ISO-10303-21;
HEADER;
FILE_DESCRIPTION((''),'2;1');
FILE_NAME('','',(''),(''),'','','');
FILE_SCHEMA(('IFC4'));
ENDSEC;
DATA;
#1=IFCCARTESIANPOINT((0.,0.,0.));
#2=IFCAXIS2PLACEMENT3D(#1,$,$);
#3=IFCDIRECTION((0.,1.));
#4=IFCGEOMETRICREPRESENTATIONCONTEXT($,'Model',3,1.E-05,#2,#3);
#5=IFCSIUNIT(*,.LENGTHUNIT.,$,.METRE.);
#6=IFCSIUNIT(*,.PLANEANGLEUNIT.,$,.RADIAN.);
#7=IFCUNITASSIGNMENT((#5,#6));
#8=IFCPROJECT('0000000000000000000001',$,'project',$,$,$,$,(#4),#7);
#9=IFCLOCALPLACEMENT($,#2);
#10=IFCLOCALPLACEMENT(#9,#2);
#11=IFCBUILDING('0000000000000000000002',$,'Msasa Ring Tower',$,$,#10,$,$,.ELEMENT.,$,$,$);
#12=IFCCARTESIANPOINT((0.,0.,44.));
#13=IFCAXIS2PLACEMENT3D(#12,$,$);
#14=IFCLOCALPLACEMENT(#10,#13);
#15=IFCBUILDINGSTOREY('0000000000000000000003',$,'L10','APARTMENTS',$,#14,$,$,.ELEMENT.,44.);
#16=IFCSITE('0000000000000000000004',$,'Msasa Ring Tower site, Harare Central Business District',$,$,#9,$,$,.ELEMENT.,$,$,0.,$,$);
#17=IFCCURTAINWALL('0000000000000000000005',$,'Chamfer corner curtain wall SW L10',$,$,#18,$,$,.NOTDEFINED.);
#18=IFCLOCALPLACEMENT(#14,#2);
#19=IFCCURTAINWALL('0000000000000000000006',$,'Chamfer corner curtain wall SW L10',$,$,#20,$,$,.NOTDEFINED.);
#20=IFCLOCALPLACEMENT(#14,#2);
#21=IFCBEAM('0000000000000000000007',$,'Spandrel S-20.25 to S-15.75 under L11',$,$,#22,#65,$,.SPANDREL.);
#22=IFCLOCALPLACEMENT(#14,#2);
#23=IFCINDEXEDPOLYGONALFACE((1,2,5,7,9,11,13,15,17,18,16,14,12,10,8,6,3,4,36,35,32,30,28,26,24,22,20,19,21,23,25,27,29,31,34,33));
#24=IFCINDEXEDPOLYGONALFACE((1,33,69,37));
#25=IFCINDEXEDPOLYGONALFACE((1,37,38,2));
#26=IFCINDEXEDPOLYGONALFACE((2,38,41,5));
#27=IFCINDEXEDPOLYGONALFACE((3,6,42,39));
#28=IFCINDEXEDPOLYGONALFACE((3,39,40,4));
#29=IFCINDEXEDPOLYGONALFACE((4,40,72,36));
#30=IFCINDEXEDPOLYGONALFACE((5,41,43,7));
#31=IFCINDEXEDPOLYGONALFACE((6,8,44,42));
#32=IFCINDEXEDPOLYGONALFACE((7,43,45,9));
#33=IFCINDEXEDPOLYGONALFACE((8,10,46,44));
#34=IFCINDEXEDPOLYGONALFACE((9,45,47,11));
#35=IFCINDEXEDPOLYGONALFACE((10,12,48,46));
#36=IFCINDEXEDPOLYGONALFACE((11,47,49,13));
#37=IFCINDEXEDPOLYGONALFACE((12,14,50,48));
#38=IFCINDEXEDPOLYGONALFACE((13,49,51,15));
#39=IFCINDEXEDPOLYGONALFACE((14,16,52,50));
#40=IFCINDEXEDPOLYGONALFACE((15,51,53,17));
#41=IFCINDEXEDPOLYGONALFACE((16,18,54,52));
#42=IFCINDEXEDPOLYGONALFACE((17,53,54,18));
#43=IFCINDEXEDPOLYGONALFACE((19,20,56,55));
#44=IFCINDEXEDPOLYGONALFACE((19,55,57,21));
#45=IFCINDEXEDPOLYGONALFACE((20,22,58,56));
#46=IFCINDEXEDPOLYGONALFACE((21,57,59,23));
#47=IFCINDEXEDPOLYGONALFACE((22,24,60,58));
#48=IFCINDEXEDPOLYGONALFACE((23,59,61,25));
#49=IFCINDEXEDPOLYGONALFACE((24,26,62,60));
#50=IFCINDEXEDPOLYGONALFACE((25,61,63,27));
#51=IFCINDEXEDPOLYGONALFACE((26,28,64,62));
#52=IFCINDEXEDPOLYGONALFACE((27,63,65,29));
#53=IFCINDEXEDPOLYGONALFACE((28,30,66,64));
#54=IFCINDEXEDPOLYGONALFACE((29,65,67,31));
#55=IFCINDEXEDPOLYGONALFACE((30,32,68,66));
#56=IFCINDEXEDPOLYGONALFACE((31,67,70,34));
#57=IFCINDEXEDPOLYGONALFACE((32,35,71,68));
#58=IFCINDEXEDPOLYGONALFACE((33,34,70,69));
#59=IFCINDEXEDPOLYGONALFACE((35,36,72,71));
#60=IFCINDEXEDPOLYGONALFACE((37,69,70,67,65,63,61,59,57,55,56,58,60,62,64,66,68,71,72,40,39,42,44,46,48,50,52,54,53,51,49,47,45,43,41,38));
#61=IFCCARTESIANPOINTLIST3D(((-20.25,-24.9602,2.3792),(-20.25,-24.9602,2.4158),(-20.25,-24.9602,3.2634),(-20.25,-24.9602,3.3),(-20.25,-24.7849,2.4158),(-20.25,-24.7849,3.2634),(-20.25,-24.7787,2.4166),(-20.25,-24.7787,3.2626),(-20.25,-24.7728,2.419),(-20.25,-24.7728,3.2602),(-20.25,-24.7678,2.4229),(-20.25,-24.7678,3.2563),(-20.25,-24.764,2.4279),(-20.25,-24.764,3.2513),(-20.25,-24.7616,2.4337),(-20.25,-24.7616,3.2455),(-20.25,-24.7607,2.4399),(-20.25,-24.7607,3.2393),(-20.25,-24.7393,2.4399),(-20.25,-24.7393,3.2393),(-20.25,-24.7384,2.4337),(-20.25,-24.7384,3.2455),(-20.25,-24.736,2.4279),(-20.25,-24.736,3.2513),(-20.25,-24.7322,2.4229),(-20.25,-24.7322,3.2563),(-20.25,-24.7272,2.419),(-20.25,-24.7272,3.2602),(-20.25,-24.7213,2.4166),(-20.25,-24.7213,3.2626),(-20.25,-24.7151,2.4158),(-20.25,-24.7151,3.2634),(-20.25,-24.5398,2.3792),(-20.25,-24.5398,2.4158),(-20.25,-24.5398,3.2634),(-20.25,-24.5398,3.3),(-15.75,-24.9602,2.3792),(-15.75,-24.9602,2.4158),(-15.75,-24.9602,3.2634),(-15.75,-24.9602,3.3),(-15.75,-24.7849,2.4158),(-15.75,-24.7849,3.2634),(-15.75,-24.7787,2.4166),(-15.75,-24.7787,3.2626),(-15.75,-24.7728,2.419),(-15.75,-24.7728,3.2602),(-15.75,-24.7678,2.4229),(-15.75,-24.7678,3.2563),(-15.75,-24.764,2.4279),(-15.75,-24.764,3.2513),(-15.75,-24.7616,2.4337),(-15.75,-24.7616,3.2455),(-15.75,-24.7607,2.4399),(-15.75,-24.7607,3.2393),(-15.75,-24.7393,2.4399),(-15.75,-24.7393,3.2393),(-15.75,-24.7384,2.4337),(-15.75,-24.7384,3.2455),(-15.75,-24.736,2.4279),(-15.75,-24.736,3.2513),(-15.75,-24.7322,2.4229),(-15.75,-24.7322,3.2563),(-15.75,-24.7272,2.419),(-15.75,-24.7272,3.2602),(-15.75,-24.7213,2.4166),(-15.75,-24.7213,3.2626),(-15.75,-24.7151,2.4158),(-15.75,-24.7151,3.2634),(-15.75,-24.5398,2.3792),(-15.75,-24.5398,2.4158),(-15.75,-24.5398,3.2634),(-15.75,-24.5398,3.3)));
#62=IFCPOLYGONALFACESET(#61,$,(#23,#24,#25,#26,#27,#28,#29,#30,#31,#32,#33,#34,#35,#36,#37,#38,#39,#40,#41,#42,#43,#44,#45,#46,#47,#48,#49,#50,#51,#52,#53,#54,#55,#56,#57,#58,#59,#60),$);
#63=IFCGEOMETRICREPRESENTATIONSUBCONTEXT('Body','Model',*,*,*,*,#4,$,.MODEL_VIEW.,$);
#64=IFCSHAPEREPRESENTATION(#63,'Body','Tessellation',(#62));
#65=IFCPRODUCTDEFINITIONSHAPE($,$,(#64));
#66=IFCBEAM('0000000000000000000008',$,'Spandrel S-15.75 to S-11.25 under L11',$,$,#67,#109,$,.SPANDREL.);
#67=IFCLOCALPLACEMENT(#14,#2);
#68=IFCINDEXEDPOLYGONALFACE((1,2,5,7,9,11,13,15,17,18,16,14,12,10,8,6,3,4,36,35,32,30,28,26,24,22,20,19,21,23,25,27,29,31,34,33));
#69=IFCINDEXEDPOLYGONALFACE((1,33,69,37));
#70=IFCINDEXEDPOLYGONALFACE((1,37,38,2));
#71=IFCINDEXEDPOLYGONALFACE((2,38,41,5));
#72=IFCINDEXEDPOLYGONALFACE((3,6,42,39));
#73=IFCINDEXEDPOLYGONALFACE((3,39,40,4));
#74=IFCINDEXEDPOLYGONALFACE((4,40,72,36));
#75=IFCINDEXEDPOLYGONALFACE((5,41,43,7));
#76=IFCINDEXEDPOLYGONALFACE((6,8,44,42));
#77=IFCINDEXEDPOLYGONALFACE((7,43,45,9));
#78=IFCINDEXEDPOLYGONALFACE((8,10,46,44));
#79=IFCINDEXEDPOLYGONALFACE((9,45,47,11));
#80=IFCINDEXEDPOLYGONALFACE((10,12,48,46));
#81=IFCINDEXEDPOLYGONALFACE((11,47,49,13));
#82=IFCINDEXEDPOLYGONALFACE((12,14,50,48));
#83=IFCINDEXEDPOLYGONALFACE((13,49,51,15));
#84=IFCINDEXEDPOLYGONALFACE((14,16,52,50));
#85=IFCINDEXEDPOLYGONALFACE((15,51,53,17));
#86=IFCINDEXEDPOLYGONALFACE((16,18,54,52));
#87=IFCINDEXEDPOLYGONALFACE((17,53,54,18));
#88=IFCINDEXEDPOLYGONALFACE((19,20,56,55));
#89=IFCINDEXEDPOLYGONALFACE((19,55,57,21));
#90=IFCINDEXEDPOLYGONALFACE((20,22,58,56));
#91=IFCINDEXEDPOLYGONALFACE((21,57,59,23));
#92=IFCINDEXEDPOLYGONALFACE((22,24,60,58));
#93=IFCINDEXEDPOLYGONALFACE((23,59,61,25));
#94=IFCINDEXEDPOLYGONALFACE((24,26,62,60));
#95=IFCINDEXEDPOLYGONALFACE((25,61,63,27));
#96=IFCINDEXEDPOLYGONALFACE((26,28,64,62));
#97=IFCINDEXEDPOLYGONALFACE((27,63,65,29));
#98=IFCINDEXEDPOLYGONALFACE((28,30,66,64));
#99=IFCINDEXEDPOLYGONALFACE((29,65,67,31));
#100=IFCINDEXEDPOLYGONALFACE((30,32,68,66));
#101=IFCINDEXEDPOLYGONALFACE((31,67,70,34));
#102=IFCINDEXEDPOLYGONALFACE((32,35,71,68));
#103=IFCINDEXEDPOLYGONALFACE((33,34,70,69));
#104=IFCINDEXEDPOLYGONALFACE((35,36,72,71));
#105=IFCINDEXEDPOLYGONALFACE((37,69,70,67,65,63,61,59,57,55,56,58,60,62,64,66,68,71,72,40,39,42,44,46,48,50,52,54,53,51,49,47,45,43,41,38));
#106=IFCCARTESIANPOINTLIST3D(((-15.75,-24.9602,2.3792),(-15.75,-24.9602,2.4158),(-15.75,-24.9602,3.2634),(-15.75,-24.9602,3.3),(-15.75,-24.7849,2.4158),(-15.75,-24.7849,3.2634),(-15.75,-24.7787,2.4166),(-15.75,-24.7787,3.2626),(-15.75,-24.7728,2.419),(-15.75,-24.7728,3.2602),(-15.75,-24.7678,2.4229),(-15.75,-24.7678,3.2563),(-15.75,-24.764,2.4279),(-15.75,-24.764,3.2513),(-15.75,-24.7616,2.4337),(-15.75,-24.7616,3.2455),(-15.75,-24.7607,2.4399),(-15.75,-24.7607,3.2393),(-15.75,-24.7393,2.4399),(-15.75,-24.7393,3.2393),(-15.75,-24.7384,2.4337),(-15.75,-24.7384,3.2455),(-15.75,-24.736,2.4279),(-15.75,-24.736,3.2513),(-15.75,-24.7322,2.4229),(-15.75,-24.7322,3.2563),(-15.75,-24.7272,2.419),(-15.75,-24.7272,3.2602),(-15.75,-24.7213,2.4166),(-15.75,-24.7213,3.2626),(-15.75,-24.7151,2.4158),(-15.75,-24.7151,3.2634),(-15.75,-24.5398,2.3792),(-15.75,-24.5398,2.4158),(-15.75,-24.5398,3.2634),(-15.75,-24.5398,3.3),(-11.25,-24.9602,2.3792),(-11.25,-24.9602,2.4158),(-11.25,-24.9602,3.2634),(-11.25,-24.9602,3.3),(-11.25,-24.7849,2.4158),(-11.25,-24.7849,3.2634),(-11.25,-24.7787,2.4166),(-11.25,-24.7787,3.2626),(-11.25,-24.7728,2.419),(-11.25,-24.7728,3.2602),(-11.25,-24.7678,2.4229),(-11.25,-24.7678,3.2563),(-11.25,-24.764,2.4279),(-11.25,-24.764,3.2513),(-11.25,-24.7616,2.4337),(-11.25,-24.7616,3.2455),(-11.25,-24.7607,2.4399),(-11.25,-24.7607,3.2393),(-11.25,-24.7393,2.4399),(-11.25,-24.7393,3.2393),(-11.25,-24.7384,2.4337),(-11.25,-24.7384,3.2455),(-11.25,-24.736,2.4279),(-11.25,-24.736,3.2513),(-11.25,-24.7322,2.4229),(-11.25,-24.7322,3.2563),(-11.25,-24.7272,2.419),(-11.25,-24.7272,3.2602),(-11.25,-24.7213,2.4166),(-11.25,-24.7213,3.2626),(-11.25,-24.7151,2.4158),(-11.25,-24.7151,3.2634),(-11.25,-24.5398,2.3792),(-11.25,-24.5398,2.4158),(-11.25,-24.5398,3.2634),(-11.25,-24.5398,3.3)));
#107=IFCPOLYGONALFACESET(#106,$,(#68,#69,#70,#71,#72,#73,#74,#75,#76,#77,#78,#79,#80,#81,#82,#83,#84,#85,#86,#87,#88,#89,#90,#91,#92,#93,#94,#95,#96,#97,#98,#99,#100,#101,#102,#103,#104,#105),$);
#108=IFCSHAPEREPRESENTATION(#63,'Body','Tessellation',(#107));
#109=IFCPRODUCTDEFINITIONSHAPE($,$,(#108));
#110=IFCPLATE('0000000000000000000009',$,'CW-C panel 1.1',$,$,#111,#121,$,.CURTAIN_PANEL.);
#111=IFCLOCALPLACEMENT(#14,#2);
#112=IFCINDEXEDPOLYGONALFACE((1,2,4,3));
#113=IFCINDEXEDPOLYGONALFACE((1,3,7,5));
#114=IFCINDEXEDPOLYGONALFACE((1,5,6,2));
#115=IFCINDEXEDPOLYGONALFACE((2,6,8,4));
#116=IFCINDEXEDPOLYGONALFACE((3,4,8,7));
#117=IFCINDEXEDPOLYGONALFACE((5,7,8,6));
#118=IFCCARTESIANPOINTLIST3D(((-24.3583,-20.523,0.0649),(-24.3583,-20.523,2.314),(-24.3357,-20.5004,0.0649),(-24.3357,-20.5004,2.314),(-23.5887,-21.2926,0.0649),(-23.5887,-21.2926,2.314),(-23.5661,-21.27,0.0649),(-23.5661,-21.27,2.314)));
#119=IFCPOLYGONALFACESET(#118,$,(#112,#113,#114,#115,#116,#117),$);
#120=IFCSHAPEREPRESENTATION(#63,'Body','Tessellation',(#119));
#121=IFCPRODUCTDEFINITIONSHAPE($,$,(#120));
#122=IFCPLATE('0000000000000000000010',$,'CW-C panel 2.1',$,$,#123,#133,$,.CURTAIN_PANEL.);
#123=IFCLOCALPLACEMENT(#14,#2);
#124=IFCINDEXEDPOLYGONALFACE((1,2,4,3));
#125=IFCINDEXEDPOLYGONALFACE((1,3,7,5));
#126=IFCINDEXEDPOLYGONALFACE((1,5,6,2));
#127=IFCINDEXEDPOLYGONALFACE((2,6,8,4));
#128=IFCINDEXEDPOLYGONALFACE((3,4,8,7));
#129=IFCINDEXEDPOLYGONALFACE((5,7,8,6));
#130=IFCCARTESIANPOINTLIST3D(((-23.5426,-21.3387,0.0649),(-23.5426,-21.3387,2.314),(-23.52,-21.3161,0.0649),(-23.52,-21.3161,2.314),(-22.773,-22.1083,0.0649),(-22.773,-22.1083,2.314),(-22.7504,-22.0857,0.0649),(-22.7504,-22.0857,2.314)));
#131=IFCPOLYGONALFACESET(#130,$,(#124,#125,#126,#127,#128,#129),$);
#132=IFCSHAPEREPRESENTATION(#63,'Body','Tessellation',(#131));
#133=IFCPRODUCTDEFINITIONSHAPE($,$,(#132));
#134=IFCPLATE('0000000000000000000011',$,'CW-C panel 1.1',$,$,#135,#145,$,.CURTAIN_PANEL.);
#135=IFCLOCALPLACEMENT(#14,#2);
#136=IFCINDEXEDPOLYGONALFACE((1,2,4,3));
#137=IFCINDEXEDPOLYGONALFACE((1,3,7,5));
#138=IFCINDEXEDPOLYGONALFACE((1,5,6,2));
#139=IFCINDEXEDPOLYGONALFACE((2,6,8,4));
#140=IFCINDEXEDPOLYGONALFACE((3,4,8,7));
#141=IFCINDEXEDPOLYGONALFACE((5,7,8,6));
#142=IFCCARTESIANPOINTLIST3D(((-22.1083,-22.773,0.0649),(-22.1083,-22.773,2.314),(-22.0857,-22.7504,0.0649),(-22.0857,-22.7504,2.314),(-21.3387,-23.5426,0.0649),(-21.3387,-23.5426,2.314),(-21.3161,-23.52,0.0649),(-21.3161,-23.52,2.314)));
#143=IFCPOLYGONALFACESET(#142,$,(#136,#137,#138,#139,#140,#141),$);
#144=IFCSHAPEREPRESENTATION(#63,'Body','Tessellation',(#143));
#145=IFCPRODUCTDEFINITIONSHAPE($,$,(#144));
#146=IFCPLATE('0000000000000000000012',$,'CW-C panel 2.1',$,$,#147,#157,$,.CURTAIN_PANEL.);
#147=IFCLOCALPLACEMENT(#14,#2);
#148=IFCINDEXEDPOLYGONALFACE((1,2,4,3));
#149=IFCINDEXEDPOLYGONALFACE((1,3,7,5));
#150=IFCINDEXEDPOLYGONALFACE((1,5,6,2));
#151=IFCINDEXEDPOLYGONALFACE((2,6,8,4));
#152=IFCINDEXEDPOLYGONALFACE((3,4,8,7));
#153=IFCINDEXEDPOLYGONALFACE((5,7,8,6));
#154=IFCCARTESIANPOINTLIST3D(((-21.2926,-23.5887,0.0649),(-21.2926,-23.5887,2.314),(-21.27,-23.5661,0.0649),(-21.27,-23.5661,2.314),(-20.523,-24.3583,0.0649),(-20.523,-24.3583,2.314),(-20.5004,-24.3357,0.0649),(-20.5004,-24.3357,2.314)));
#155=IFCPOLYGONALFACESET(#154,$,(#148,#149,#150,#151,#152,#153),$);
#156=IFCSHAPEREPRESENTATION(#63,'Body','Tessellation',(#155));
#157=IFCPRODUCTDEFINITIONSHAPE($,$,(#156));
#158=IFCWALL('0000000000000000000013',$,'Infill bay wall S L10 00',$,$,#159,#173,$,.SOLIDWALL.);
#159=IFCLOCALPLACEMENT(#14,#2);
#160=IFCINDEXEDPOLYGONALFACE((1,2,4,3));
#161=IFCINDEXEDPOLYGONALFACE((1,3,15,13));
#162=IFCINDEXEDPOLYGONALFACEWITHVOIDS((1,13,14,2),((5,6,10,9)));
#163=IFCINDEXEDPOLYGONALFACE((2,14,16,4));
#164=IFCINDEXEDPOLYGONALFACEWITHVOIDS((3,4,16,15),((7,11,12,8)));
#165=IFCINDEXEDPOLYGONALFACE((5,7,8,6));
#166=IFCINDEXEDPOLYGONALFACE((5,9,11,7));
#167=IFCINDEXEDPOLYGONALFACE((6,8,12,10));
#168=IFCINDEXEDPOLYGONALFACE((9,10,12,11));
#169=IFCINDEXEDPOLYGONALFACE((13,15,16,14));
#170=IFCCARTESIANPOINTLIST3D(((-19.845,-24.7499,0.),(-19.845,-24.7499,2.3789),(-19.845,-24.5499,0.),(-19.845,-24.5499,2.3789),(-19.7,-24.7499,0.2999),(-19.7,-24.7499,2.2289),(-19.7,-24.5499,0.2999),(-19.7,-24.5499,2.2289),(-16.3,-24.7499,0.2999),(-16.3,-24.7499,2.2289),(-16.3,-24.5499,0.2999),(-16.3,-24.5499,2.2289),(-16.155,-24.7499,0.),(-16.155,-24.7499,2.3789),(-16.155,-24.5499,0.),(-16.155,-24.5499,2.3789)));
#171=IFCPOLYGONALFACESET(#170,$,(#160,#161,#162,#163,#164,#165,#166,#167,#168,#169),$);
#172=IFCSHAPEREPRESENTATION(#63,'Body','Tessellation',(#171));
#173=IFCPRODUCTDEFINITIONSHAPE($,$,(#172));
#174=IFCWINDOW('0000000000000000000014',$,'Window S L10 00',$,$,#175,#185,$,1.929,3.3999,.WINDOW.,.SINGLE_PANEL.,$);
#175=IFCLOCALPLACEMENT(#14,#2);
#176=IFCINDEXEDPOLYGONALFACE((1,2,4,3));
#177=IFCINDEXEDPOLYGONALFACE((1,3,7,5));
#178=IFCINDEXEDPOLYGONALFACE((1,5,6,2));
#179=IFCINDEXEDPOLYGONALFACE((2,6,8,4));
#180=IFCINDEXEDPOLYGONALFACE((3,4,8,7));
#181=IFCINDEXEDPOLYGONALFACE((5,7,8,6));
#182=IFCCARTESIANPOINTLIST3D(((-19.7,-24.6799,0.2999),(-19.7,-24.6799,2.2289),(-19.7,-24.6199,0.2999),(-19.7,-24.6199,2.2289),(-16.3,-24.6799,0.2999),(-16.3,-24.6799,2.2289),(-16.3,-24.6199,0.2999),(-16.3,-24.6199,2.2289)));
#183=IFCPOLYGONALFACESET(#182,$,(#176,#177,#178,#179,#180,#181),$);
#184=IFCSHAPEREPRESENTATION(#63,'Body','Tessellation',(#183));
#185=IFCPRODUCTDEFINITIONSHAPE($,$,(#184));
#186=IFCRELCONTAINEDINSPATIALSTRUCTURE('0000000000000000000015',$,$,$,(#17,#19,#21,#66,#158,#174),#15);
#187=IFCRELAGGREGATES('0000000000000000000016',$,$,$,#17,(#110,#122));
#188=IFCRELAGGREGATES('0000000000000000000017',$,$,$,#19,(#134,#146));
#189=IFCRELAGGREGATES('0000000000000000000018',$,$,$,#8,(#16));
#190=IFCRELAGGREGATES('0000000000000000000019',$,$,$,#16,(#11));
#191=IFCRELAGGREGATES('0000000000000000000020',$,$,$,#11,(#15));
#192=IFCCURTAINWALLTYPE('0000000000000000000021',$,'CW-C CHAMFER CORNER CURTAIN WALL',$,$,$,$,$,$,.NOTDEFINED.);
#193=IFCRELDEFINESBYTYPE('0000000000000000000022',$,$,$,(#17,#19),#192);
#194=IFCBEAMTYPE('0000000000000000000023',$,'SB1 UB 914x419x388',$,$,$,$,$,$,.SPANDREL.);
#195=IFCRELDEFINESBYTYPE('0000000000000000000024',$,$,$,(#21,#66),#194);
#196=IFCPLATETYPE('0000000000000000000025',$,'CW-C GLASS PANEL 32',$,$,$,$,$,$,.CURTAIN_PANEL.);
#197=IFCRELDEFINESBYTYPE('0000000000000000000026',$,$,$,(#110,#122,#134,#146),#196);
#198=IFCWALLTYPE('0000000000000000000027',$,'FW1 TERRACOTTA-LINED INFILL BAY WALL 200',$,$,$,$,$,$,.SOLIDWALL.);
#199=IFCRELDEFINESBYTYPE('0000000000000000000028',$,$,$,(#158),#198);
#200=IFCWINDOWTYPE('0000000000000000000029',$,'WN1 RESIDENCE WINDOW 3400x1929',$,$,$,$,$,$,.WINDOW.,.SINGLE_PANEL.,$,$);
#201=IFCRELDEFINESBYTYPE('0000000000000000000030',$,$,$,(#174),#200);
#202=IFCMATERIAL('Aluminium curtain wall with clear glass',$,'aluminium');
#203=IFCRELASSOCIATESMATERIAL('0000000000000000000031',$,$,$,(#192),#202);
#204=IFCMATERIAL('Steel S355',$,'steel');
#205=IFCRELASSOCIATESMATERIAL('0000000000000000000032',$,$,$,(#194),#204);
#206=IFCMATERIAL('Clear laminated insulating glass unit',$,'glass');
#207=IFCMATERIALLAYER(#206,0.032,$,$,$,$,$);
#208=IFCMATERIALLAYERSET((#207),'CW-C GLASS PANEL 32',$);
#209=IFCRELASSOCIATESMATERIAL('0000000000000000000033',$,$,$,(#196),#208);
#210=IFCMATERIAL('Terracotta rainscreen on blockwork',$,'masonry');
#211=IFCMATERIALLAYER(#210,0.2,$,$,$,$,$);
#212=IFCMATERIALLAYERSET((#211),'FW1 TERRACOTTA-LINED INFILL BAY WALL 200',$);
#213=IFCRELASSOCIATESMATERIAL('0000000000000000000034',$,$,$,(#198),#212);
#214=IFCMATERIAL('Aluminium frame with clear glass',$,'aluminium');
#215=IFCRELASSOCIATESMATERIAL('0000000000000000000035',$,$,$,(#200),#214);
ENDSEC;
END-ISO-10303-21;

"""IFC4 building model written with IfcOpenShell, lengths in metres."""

from ifc_helpers import new_model, si_unit, direction, frame, frame_2d, origin, origin_2d, place, context, subcontext, project, spatial, rectangle, i_section, extrude, material, layer, layer_set, material_profile, profile_set, type_object, element, fill, aggregate, save


model = new_model("IFC4")

# Units and contexts
model_context = context("Model", 3, precision=1e-05, world=origin(), true_north=direction((0.0, 1.0)))
body_context = subcontext(model_context, "Body", "Model", "MODEL_VIEW")
ifc_project = project(units=[si_unit("LENGTHUNIT", "METRE"), si_unit("PLANEANGLEUNIT", "RADIAN")], contexts=[model_context])

# Site, building, storey
site_placement = place(None, origin())
site = spatial("IfcSite", under=ifc_project, at=site_placement, Name="Msasa Ring Tower site, Harare Central Business District", CompositionType="ELEMENT", RefElevation=0.0)
building_placement = place(site_placement, origin())
building = spatial("IfcBuilding", under=site, at=building_placement, Name="Msasa Ring Tower", CompositionType="ELEMENT")
storey_placement = place(building_placement, frame((0.0, 0.0, 44.0)))
storey = spatial("IfcBuildingStorey", under=building, at=storey_placement, Name="L10", Description="APARTMENTS", CompositionType="ELEMENT", Elevation=44.0)

# Curtain walls
ifc_material_1 = material(Name="Aluminium curtain wall with clear glass", Category="aluminium")
curtain_wall_type = type_object("IfcCurtainWallType", Name="CW-C CHAMFER CORNER CURTAIN WALL", PredefinedType="NOTDEFINED", material=ifc_material_1)
curtain_wall_1_placement = place(storey_placement, origin())
curtain_wall_1 = element("IfcCurtainWall", 1, at=curtain_wall_1_placement, inside=storey, type_object=curtain_wall_type, Name="Chamfer corner curtain wall SW L10", PredefinedType="NOTDEFINED")
curtain_wall_2_placement = place(storey_placement, origin())
curtain_wall_2 = element("IfcCurtainWall", 2, at=curtain_wall_2_placement, inside=storey, type_object=curtain_wall_type, Name="Chamfer corner curtain wall SW L10", PredefinedType="NOTDEFINED")

# Beams
ifc_material_2 = material(Name="Steel S355", Category="steel")
ifc_material_profile_1 = material_profile(ifc_material_2, i_section(OverallWidth=0.4204, OverallDepth=0.9209, WebThickness=0.0215, FlangeThickness=0.0366, FilletRadius=0.0242, at=origin_2d()), Name="UB 914x419x388")
ifc_profile_set_1 = profile_set([ifc_material_profile_1], Name="Steel S355")
beam_type_1 = type_object("IfcBeamType", Name="SB1 UB 914x419x388", PredefinedType="SPANDREL", material=ifc_profile_set_1)
for number, where, z_axis, x_axis, name in (
    (3, (-20.25, -24.75, 2.8396), (1.0, 0.0, 0.0), (0.0, 1.0, 0.0), "Spandrel S-20.25 to S-15.75 under L11"),
    (4, (-15.75, -24.75, 2.8396), (1.0, 0.0, 0.0), (0.0, 1.0, 0.0), "Spandrel S-15.75 to S-11.25 under L11"),
):
    element("IfcBeam", number, at=place(storey_placement, frame(where, z_axis=z_axis, x_axis=x_axis)), inside=storey, type_object=beam_type_1, Name=name, PredefinedType="SPANDREL", context=body_context, shape_type="SweptSolid", body=[
        extrude(i_section(OverallWidth=0.4204, OverallDepth=0.9209, WebThickness=0.0215, FlangeThickness=0.0366, FilletRadius=0.0242, at=origin_2d()), origin(), (0.0, 0.0, 1.0), 4.5),
    ])

# Plates
ifc_material_3 = material(Name="Clear laminated insulating glass unit", Category="glass")
ifc_layer_1 = layer(ifc_material_3, 0.032)
ifc_layer_set_1 = layer_set([ifc_layer_1], Name="CW-C GLASS PANEL 32")
plate_type = type_object("IfcPlateType", Name="CW-C GLASS PANEL 32", PredefinedType="CURTAIN_PANEL", material=ifc_layer_set_1)
plate_1_placement = place(storey_placement, frame((-23.9622, -20.8965, 0.0649), z_axis=(0.0, 0.0, 1.0), x_axis=(0.707107, -0.707107, 0.0)))
plate_1 = element("IfcPlate", 5, at=plate_1_placement, type_object=plate_type, Name="CW-C panel 1.1", PredefinedType="CURTAIN_PANEL", context=body_context, shape_type="SweptSolid", body=[
    extrude(rectangle(XDim=1.0884, YDim=0.032, at=origin_2d()), origin(), (0.0, 0.0, 1.0), 2.249),
])
plate_2_placement = place(storey_placement, frame((-23.1465, -21.7122, 0.0649), z_axis=(0.0, 0.0, 1.0), x_axis=(0.707107, -0.707107, 0.0)))
plate_2 = element("IfcPlate", 6, at=plate_2_placement, type_object=plate_type, Name="CW-C panel 2.1", PredefinedType="CURTAIN_PANEL", context=body_context, shape_type="SweptSolid", body=[
    extrude(rectangle(XDim=1.0884, YDim=0.032, at=origin_2d()), origin(), (0.0, 0.0, 1.0), 2.249),
])
aggregate(curtain_wall_1, [plate_1, plate_2])
plate_3_placement = place(storey_placement, frame((-21.7122, -23.1465, 0.0649), z_axis=(0.0, 0.0, 1.0), x_axis=(0.707107, -0.707107, 0.0)))
plate_3 = element("IfcPlate", 7, at=plate_3_placement, type_object=plate_type, Name="CW-C panel 1.1", PredefinedType="CURTAIN_PANEL", context=body_context, shape_type="SweptSolid", body=[
    extrude(rectangle(XDim=1.0884, YDim=0.032, at=origin_2d()), origin(), (0.0, 0.0, 1.0), 2.249),
])
plate_4_placement = place(storey_placement, frame((-20.8965, -23.9622, 0.0649), z_axis=(0.0, 0.0, 1.0), x_axis=(0.707107, -0.707107, 0.0)))
plate_4 = element("IfcPlate", 8, at=plate_4_placement, type_object=plate_type, Name="CW-C panel 2.1", PredefinedType="CURTAIN_PANEL", context=body_context, shape_type="SweptSolid", body=[
    extrude(rectangle(XDim=1.0884, YDim=0.032, at=origin_2d()), origin(), (0.0, 0.0, 1.0), 2.249),
])
aggregate(curtain_wall_2, [plate_3, plate_4])

# Wall, opening, window
ifc_material_4 = material(Name="Terracotta rainscreen on blockwork", Category="masonry")
ifc_layer_2 = layer(ifc_material_4, 0.2)
ifc_layer_set_2 = layer_set([ifc_layer_2], Name="FW1 TERRACOTTA-LINED INFILL BAY WALL 200")
wall_type_1 = type_object("IfcWallType", Name="FW1 TERRACOTTA-LINED INFILL BAY WALL 200", PredefinedType="SOLIDWALL", material=ifc_layer_set_2)
wall_1_placement = place(storey_placement, frame((-19.845, -24.6499, 0.0), z_axis=(0.0, 0.0, 1.0), x_axis=(1.0, 0.0, 0.0)))
wall_1 = element("IfcWall", 9, at=wall_1_placement, inside=storey, type_object=wall_type_1, Name="Infill bay wall S L10 00", PredefinedType="SOLIDWALL", context=body_context, shape_type="SweptSolid", body=[
    extrude(rectangle(XDim=3.6899, YDim=0.2, at=frame_2d((1.845, 0.0))), origin(), (0.0, 0.0, 1.0), 2.3789),
])
opening_1_placement = place(wall_1_placement, frame((0.145, 0.0, 0.3)))
opening_1 = element("IfcOpeningElement", 10, at=opening_1_placement, cuts=wall_1, PredefinedType="OPENING", context=body_context, shape_type="SweptSolid", body=[
    extrude(rectangle(XDim=3.3999, YDim=1.929, at=frame_2d((1.7, 0.9644))), frame((0.0, 0.1099, 0.0), z_axis=(0.0, -1.0, 0.0), x_axis=(1.0, 0.0, 0.0)), (0.0, 0.0, 1.0), 0.22),
])
ifc_material_5 = material(Name="Aluminium frame with clear glass", Category="aluminium")
window_type = type_object("IfcWindowType", Name="WN1 RESIDENCE WINDOW 3400x1929", PartitioningType="SINGLE_PANEL", PredefinedType="WINDOW", material=ifc_material_5)
window_1_placement = place(opening_1_placement, origin())
window_1 = element("IfcWindow", 11, at=window_1_placement, inside=storey, type_object=window_type, Name="Window S L10 00", OverallHeight=1.929, OverallWidth=3.3999, PartitioningType="SINGLE_PANEL", PredefinedType="WINDOW", context=body_context, shape_type="SweptSolid", body=[
    extrude(rectangle(XDim=3.3999, YDim=1.929, at=frame_2d((1.7, 0.9644))), frame((0.0, 0.03, 0.0), z_axis=(0.0, -1.0, 0.0), x_axis=(1.0, 0.0, 0.0)), (0.0, 0.0, 1.0), 0.0601),
])
fill(opening_1, window_1)

save(model, "model.ifc")
